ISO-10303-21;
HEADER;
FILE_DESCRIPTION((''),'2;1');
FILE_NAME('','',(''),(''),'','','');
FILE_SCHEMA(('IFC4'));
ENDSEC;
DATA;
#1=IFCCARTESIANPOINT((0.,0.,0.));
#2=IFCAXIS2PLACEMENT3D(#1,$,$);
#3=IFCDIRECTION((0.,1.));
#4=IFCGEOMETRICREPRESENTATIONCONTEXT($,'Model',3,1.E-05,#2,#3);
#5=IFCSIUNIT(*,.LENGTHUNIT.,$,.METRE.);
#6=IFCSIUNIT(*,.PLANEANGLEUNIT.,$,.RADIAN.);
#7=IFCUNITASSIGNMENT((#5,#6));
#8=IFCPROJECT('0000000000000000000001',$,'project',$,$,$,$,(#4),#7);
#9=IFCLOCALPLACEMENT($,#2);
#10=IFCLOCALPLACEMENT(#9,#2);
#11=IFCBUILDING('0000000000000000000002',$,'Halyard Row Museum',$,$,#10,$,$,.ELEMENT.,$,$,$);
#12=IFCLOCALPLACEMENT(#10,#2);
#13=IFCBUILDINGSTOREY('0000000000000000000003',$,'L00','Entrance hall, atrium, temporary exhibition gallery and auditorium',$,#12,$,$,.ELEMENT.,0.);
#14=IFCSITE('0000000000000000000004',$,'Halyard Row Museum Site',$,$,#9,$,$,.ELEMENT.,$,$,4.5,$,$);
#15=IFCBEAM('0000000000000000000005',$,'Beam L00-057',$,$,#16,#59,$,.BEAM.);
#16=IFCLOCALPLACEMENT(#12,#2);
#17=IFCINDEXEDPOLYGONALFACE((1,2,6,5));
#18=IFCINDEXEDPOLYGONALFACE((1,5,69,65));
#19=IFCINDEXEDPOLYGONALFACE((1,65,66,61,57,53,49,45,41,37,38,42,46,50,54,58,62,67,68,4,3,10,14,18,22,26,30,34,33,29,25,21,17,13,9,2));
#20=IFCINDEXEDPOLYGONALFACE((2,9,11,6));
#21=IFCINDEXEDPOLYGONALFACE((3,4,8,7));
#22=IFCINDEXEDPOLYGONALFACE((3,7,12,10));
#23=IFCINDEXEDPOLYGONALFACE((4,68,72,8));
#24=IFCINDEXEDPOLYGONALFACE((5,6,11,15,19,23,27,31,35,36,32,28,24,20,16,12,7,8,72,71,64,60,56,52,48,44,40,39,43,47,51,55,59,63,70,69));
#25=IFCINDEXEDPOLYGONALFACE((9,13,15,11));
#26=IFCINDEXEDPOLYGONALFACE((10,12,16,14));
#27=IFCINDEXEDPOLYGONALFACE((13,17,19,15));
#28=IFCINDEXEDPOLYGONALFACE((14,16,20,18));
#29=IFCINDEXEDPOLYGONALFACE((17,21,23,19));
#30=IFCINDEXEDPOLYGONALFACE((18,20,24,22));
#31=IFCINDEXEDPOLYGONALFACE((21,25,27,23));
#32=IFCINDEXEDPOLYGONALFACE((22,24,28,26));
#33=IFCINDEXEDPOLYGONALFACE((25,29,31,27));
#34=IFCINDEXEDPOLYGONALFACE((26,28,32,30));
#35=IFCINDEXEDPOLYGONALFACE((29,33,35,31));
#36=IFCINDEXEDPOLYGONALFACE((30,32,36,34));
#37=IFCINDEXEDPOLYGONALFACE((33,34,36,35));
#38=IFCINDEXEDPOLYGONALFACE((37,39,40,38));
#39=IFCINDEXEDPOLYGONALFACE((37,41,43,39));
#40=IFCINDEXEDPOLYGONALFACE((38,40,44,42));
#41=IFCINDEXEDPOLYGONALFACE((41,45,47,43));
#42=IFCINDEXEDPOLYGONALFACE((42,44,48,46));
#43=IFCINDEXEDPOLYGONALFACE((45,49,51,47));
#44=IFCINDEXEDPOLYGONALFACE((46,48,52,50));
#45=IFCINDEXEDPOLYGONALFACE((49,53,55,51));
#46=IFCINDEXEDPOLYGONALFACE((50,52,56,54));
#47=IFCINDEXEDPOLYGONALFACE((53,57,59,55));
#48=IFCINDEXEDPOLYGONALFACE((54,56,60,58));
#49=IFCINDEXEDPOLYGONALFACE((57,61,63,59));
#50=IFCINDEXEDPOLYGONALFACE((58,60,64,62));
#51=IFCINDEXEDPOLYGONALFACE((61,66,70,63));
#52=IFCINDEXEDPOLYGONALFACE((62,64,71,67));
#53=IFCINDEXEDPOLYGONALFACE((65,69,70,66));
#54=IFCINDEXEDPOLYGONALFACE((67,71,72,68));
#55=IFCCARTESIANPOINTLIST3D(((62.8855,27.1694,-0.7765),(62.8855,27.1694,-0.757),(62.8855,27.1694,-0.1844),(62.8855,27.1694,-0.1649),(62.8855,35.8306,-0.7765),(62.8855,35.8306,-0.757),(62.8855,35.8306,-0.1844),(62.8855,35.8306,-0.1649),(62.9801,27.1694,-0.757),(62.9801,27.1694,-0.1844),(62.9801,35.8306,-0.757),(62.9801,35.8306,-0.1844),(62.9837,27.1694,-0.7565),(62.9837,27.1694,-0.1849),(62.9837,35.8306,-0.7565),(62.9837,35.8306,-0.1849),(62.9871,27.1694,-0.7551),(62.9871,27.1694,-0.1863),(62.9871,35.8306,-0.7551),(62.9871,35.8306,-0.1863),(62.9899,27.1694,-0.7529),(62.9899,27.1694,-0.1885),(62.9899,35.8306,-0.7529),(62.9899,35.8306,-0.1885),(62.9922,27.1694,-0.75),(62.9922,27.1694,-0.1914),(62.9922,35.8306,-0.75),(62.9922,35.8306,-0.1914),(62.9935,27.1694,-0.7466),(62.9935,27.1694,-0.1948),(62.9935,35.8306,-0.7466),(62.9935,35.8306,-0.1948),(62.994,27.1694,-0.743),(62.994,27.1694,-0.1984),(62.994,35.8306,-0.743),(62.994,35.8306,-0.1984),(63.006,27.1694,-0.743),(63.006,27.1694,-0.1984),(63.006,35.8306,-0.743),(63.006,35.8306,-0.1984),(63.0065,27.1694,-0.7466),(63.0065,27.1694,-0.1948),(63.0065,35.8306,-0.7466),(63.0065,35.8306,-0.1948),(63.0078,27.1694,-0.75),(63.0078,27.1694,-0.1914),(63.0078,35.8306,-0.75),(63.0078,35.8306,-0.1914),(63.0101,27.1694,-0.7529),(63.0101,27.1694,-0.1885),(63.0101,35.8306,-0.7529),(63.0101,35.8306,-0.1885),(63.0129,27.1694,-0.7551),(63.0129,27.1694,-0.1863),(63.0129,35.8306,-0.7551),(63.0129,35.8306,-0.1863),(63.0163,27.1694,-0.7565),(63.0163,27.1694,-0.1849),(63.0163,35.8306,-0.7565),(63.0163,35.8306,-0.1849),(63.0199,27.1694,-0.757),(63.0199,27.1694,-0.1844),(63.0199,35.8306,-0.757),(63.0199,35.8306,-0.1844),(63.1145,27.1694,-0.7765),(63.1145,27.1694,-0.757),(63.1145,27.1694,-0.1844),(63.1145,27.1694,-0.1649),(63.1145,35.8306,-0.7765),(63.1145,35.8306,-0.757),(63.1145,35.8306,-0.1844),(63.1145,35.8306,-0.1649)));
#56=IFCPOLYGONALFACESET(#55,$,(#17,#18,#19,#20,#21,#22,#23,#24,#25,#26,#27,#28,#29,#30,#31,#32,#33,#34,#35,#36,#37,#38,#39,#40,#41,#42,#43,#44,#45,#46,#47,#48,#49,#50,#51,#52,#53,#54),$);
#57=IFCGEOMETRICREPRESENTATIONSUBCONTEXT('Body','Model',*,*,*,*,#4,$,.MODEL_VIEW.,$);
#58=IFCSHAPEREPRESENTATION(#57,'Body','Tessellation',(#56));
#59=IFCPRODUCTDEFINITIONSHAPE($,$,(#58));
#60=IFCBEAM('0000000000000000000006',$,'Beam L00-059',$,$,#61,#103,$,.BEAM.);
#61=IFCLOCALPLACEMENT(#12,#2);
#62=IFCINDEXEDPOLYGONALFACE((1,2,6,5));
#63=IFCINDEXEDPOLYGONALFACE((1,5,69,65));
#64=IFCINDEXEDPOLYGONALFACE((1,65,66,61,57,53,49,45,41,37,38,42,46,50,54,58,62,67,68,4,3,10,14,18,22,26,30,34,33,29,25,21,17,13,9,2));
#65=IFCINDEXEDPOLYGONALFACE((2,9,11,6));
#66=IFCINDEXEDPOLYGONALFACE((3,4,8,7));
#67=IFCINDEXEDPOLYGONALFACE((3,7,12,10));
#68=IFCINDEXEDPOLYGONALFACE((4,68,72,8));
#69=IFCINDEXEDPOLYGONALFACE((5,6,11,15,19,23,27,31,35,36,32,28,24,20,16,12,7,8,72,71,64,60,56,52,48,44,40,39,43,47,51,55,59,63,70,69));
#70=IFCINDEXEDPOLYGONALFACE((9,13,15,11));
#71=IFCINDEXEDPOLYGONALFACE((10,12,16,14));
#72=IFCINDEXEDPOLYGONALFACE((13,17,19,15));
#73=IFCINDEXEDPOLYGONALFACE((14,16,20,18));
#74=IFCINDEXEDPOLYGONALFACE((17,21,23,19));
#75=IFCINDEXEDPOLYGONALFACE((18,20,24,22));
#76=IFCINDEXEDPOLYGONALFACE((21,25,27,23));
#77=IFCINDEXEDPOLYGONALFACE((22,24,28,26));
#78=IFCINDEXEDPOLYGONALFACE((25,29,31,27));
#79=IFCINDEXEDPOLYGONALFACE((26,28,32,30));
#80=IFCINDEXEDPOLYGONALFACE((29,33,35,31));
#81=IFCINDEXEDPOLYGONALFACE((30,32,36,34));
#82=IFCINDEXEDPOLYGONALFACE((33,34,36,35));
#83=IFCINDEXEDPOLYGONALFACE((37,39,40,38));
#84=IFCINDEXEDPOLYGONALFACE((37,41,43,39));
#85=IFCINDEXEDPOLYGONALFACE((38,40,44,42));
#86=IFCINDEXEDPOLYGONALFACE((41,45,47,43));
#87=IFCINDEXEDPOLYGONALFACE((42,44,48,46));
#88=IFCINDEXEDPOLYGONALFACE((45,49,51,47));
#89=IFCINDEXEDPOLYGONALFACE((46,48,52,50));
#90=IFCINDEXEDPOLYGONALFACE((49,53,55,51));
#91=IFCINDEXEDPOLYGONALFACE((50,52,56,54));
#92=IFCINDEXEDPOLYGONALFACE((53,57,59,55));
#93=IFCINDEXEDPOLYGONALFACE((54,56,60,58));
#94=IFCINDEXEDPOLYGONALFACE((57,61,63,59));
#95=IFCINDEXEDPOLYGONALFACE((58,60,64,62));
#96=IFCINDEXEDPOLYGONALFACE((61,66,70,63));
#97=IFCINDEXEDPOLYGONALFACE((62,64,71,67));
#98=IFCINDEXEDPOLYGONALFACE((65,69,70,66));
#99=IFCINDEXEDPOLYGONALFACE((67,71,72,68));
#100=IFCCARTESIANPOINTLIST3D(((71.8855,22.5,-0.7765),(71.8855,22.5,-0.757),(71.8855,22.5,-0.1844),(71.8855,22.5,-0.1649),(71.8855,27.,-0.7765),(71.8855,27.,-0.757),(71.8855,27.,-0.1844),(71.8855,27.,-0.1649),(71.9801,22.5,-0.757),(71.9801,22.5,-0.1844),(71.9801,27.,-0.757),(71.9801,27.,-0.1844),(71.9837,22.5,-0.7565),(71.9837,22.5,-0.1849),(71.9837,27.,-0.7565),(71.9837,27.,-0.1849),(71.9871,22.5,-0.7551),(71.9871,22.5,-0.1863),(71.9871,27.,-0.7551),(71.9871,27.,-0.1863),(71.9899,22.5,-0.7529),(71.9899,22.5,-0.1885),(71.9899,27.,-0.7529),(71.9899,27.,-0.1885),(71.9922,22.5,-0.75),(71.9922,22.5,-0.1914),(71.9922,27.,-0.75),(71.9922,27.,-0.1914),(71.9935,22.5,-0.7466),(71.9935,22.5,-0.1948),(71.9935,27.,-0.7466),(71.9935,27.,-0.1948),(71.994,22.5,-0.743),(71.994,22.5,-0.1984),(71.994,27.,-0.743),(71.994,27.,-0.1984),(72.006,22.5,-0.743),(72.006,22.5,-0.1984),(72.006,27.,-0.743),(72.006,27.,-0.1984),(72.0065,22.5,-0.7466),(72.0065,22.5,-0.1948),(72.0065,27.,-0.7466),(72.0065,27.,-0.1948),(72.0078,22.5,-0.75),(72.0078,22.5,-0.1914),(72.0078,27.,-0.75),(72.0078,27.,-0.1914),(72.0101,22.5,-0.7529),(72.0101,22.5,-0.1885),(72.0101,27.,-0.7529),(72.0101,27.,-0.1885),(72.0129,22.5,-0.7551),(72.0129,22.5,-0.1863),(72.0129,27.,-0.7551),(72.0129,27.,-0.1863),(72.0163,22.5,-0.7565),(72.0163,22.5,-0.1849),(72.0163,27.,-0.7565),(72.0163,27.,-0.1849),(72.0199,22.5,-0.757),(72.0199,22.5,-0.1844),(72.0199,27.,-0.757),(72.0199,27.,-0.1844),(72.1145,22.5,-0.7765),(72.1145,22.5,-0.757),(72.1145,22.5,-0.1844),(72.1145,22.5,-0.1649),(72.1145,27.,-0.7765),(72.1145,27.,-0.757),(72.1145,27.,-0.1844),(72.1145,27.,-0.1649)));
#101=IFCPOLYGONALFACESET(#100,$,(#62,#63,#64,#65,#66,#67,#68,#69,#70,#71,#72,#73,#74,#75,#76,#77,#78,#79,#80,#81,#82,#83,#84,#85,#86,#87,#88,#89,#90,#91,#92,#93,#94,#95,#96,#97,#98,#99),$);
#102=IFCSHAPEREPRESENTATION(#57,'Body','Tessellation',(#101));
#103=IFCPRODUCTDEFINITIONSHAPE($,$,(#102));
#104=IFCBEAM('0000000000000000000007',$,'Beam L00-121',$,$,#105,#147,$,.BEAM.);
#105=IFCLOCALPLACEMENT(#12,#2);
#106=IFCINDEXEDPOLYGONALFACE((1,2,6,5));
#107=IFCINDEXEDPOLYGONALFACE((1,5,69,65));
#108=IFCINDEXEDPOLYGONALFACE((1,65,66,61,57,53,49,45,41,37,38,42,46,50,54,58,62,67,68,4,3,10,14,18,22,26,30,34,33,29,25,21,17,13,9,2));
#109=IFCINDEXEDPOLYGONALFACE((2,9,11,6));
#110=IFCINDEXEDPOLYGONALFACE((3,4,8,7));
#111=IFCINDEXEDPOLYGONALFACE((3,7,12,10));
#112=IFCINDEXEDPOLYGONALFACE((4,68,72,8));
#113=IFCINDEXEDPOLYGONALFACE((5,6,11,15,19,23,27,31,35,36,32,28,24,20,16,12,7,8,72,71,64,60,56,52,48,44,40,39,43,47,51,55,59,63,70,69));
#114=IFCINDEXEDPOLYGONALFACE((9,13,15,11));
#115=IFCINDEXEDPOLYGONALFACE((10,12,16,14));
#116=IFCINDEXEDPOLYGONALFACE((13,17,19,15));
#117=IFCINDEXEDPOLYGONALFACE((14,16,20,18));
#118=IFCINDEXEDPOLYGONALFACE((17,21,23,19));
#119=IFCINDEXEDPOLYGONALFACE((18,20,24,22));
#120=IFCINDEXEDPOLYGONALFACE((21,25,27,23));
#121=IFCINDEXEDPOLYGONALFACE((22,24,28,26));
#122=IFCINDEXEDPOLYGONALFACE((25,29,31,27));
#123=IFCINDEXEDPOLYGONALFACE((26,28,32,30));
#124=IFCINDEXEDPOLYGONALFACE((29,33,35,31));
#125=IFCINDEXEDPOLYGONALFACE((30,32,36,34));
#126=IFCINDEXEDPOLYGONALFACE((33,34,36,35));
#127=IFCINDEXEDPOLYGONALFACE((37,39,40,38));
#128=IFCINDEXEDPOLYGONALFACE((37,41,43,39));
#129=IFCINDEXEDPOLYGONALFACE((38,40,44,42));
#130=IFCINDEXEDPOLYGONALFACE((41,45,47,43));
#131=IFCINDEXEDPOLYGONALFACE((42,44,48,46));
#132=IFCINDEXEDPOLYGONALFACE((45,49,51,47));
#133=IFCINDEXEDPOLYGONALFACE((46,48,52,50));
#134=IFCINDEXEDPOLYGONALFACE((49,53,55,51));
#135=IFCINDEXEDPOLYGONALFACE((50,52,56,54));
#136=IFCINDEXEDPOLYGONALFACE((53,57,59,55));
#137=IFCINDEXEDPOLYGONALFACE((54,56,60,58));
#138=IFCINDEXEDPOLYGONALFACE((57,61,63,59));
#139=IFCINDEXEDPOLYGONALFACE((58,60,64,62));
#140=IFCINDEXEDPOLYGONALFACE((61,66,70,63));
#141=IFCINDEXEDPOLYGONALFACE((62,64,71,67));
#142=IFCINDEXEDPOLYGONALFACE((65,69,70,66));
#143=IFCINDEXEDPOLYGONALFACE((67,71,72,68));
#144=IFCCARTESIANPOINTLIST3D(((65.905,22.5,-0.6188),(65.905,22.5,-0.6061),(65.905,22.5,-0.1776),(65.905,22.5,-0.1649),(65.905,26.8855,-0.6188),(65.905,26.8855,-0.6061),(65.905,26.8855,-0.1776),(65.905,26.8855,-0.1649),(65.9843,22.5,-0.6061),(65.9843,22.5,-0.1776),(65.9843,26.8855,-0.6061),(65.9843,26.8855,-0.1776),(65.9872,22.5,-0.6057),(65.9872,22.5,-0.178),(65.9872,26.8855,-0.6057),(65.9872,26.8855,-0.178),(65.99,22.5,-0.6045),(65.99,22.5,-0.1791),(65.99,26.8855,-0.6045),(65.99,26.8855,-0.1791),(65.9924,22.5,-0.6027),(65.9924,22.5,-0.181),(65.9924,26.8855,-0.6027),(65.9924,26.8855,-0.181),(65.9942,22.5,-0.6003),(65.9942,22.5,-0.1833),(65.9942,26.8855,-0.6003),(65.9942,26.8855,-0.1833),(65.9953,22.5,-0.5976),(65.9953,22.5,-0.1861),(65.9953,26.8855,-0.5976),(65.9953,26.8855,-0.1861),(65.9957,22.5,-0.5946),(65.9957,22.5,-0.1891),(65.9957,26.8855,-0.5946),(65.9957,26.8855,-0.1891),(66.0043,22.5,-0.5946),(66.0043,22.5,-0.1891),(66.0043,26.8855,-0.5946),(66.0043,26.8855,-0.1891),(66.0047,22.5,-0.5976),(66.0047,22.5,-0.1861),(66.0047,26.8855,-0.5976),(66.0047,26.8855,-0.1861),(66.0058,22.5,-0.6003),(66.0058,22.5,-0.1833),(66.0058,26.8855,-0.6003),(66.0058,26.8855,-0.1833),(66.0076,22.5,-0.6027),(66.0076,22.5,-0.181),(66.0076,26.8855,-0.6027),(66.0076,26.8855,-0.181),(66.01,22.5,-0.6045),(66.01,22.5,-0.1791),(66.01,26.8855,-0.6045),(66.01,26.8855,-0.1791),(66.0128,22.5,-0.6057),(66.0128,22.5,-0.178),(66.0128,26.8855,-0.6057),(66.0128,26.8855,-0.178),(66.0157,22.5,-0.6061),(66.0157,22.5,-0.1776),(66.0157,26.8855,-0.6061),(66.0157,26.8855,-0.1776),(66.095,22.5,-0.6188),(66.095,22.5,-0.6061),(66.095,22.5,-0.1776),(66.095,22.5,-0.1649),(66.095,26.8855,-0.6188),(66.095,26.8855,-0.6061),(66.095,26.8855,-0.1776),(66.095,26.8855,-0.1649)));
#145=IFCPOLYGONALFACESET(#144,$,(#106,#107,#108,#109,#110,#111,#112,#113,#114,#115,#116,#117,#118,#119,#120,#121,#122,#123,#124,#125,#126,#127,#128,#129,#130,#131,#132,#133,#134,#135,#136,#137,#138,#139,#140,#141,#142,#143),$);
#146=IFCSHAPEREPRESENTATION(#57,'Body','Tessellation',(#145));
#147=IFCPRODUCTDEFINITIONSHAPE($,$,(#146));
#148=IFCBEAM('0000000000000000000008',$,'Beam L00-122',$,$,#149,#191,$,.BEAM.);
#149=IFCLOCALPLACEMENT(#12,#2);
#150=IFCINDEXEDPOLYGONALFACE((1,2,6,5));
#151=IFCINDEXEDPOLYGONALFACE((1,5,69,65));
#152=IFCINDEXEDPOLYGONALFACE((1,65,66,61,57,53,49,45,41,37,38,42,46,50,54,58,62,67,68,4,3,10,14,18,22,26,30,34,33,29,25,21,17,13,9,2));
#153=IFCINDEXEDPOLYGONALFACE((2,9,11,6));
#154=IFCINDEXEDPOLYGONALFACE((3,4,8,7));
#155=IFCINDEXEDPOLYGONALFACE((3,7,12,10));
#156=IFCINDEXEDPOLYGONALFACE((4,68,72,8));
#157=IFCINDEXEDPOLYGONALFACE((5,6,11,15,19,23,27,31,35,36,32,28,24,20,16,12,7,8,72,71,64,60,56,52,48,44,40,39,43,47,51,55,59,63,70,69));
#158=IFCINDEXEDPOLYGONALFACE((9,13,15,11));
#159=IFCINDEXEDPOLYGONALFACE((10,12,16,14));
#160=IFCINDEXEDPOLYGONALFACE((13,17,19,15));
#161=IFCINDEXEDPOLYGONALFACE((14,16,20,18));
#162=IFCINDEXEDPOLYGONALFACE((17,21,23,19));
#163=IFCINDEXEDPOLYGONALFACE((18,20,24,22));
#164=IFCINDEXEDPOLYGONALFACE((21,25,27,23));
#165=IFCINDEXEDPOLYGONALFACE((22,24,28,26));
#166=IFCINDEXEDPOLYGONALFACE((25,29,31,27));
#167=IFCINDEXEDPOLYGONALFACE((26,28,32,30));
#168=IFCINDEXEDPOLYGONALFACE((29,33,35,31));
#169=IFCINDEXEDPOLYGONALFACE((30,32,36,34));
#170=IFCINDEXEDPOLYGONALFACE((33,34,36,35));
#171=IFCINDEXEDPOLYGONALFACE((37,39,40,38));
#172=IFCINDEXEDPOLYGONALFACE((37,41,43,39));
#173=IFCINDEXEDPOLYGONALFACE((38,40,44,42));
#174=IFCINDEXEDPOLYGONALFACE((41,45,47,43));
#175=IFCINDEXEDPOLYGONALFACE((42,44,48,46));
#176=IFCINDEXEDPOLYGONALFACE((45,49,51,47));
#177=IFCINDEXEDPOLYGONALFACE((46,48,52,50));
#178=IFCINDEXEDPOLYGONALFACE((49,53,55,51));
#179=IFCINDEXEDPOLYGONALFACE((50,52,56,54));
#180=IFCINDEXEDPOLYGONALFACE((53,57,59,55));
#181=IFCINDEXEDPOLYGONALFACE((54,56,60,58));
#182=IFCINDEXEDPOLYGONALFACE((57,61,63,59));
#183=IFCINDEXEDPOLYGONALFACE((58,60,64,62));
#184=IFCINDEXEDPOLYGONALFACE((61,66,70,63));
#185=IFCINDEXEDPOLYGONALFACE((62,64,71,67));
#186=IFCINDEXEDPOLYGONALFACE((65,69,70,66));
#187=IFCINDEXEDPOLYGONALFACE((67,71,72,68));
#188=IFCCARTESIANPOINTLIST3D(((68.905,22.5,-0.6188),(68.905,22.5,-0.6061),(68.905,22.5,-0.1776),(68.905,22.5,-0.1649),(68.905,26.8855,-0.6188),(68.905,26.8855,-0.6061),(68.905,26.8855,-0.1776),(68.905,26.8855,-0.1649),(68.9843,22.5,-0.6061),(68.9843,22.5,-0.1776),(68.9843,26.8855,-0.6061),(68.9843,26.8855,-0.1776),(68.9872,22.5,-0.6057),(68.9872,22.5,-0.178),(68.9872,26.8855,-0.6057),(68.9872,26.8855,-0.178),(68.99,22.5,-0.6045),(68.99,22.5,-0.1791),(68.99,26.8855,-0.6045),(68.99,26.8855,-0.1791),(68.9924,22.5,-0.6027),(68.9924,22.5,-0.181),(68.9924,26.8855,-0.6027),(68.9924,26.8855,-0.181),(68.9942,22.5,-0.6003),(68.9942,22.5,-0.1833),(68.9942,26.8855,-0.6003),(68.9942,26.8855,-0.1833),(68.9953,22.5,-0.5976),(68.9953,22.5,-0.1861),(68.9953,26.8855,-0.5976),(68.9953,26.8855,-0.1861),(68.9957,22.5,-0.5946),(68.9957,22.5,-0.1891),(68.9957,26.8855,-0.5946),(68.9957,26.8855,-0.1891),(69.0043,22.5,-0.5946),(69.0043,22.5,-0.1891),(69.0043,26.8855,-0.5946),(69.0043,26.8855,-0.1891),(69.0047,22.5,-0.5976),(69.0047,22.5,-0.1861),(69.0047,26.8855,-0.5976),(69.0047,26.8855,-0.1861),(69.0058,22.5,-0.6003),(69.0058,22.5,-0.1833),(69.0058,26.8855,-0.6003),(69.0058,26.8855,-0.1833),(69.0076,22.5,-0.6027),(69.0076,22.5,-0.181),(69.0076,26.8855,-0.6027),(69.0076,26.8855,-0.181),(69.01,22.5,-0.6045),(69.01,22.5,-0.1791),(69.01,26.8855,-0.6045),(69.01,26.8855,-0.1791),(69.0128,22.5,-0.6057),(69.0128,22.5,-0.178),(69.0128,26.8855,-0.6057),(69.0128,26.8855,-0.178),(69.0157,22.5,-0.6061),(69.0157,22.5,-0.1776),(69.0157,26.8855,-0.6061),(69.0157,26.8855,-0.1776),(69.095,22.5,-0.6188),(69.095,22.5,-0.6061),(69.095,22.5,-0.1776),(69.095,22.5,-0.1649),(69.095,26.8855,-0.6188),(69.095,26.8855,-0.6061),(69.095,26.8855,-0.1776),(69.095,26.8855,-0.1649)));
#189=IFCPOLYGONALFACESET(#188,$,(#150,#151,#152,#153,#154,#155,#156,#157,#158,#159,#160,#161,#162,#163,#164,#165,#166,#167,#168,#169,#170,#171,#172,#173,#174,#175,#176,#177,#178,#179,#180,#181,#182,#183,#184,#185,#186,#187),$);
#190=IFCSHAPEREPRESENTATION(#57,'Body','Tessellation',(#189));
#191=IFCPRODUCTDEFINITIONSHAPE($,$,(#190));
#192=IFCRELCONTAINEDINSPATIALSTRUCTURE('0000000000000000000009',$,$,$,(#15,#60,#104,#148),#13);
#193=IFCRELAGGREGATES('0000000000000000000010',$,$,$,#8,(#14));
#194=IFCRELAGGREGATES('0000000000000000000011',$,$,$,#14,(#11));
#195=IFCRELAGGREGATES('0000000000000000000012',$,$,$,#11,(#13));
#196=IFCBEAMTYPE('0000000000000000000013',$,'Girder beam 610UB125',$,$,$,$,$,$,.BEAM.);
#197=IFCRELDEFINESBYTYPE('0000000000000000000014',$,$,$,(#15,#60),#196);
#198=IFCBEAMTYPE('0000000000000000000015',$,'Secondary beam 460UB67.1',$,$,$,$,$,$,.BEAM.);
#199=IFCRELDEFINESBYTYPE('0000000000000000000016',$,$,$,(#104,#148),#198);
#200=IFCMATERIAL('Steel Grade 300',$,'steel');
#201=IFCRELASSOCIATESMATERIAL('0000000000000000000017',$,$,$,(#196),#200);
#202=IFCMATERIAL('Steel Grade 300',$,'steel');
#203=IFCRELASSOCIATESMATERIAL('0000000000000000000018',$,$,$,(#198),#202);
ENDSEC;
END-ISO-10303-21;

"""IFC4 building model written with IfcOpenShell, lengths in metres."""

from ifc_helpers import new_model, si_unit, direction, frame, origin, origin_2d, place, context, subcontext, project, spatial, i_section, extrude, material, material_profile, profile_set, type_object, element, save


model = new_model("IFC4")

# Units and contexts
model_context = context("Model", 3, precision=1e-05, world=origin(), true_north=direction((0.0, 1.0)))
body_context = subcontext(model_context, "Body", "Model", "MODEL_VIEW")
ifc_project = project(units=[si_unit("LENGTHUNIT", "METRE"), si_unit("PLANEANGLEUNIT", "RADIAN")], contexts=[model_context])

# Site, building, storey
site_placement = place(None, origin())
site = spatial("IfcSite", under=ifc_project, at=site_placement, Name="Halyard Row Museum Site", CompositionType="ELEMENT", RefElevation=4.5)
building_placement = place(site_placement, origin())
building = spatial("IfcBuilding", under=site, at=building_placement, Name="Halyard Row Museum", CompositionType="ELEMENT")
storey_placement = place(building_placement, origin())
storey = spatial("IfcBuildingStorey", under=building, at=storey_placement, Name="L00", Description="Entrance hall, atrium, temporary exhibition gallery and auditorium", CompositionType="ELEMENT", Elevation=0.0)

# Beams
ifc_material_1 = material(Name="Steel Grade 300", Category="steel")
ifc_material_profile_1 = material_profile(ifc_material_1, i_section(OverallWidth=0.229, OverallDepth=0.6116, WebThickness=0.012, FlangeThickness=0.0195, FilletRadius=0.0139, at=origin_2d()), Name="610UB125")
ifc_profile_set_1 = profile_set([ifc_material_profile_1], Name="Steel Grade 300")
beam_type_1 = type_object("IfcBeamType", Name="Girder beam 610UB125", PredefinedType="BEAM", material=ifc_profile_set_1)
beam_1_placement = place(storey_placement, frame((63.0, 27.1694, -0.4707), z_axis=(0.0, 1.0, 0.0), x_axis=(-1.0, 0.0, 0.0)))
element("IfcBeam", 1, at=beam_1_placement, inside=storey, type_object=beam_type_1, Name="Beam L00-057", PredefinedType="BEAM", context=body_context, shape_type="SweptSolid", body=[
    extrude(i_section(OverallWidth=0.229, OverallDepth=0.6116, WebThickness=0.012, FlangeThickness=0.0195, FilletRadius=0.0139, at=origin_2d()), origin(), (0.0, 0.0, 1.0), 8.6611),
])
beam_2_placement = place(storey_placement, frame((72.0, 22.5, -0.4707), z_axis=(0.0, 1.0, 0.0), x_axis=(-1.0, 0.0, 0.0)))
element("IfcBeam", 2, at=beam_2_placement, inside=storey, type_object=beam_type_1, Name="Beam L00-059", PredefinedType="BEAM", context=body_context, shape_type="SweptSolid", body=[
    extrude(i_section(OverallWidth=0.229, OverallDepth=0.6116, WebThickness=0.012, FlangeThickness=0.0195, FilletRadius=0.0139, at=origin_2d()), origin(), (0.0, 0.0, 1.0), 4.5),
])
ifc_material_2 = material(Name="Steel Grade 300", Category="steel")
ifc_material_profile_2 = material_profile(ifc_material_2, i_section(OverallWidth=0.1899, OverallDepth=0.4539, WebThickness=0.0085, FlangeThickness=0.0127, FilletRadius=0.0115, at=origin_2d()), Name="460UB67.1")
ifc_profile_set_2 = profile_set([ifc_material_profile_2], Name="Steel Grade 300")
beam_type_2 = type_object("IfcBeamType", Name="Secondary beam 460UB67.1", PredefinedType="BEAM", material=ifc_profile_set_2)
for number, where, z_axis, x_axis, name in (
    (3, (66.0, 22.5, -0.3918), (0.0, 1.0, 0.0), (-1.0, 0.0, 0.0), "Beam L00-121"),
    (4, (69.0, 22.5, -0.3918), (0.0, 1.0, 0.0), (-1.0, 0.0, 0.0), "Beam L00-122"),
):
    element("IfcBeam", number, at=place(storey_placement, frame(where, z_axis=z_axis, x_axis=x_axis)), inside=storey, type_object=beam_type_2, Name=name, PredefinedType="BEAM", context=body_context, shape_type="SweptSolid", body=[
        extrude(i_section(OverallWidth=0.1899, OverallDepth=0.4539, WebThickness=0.0085, FlangeThickness=0.0127, FilletRadius=0.0115, at=origin_2d()), origin(), (0.0, 0.0, 1.0), 4.3855),
    ])

save(model, "model.ifc")
